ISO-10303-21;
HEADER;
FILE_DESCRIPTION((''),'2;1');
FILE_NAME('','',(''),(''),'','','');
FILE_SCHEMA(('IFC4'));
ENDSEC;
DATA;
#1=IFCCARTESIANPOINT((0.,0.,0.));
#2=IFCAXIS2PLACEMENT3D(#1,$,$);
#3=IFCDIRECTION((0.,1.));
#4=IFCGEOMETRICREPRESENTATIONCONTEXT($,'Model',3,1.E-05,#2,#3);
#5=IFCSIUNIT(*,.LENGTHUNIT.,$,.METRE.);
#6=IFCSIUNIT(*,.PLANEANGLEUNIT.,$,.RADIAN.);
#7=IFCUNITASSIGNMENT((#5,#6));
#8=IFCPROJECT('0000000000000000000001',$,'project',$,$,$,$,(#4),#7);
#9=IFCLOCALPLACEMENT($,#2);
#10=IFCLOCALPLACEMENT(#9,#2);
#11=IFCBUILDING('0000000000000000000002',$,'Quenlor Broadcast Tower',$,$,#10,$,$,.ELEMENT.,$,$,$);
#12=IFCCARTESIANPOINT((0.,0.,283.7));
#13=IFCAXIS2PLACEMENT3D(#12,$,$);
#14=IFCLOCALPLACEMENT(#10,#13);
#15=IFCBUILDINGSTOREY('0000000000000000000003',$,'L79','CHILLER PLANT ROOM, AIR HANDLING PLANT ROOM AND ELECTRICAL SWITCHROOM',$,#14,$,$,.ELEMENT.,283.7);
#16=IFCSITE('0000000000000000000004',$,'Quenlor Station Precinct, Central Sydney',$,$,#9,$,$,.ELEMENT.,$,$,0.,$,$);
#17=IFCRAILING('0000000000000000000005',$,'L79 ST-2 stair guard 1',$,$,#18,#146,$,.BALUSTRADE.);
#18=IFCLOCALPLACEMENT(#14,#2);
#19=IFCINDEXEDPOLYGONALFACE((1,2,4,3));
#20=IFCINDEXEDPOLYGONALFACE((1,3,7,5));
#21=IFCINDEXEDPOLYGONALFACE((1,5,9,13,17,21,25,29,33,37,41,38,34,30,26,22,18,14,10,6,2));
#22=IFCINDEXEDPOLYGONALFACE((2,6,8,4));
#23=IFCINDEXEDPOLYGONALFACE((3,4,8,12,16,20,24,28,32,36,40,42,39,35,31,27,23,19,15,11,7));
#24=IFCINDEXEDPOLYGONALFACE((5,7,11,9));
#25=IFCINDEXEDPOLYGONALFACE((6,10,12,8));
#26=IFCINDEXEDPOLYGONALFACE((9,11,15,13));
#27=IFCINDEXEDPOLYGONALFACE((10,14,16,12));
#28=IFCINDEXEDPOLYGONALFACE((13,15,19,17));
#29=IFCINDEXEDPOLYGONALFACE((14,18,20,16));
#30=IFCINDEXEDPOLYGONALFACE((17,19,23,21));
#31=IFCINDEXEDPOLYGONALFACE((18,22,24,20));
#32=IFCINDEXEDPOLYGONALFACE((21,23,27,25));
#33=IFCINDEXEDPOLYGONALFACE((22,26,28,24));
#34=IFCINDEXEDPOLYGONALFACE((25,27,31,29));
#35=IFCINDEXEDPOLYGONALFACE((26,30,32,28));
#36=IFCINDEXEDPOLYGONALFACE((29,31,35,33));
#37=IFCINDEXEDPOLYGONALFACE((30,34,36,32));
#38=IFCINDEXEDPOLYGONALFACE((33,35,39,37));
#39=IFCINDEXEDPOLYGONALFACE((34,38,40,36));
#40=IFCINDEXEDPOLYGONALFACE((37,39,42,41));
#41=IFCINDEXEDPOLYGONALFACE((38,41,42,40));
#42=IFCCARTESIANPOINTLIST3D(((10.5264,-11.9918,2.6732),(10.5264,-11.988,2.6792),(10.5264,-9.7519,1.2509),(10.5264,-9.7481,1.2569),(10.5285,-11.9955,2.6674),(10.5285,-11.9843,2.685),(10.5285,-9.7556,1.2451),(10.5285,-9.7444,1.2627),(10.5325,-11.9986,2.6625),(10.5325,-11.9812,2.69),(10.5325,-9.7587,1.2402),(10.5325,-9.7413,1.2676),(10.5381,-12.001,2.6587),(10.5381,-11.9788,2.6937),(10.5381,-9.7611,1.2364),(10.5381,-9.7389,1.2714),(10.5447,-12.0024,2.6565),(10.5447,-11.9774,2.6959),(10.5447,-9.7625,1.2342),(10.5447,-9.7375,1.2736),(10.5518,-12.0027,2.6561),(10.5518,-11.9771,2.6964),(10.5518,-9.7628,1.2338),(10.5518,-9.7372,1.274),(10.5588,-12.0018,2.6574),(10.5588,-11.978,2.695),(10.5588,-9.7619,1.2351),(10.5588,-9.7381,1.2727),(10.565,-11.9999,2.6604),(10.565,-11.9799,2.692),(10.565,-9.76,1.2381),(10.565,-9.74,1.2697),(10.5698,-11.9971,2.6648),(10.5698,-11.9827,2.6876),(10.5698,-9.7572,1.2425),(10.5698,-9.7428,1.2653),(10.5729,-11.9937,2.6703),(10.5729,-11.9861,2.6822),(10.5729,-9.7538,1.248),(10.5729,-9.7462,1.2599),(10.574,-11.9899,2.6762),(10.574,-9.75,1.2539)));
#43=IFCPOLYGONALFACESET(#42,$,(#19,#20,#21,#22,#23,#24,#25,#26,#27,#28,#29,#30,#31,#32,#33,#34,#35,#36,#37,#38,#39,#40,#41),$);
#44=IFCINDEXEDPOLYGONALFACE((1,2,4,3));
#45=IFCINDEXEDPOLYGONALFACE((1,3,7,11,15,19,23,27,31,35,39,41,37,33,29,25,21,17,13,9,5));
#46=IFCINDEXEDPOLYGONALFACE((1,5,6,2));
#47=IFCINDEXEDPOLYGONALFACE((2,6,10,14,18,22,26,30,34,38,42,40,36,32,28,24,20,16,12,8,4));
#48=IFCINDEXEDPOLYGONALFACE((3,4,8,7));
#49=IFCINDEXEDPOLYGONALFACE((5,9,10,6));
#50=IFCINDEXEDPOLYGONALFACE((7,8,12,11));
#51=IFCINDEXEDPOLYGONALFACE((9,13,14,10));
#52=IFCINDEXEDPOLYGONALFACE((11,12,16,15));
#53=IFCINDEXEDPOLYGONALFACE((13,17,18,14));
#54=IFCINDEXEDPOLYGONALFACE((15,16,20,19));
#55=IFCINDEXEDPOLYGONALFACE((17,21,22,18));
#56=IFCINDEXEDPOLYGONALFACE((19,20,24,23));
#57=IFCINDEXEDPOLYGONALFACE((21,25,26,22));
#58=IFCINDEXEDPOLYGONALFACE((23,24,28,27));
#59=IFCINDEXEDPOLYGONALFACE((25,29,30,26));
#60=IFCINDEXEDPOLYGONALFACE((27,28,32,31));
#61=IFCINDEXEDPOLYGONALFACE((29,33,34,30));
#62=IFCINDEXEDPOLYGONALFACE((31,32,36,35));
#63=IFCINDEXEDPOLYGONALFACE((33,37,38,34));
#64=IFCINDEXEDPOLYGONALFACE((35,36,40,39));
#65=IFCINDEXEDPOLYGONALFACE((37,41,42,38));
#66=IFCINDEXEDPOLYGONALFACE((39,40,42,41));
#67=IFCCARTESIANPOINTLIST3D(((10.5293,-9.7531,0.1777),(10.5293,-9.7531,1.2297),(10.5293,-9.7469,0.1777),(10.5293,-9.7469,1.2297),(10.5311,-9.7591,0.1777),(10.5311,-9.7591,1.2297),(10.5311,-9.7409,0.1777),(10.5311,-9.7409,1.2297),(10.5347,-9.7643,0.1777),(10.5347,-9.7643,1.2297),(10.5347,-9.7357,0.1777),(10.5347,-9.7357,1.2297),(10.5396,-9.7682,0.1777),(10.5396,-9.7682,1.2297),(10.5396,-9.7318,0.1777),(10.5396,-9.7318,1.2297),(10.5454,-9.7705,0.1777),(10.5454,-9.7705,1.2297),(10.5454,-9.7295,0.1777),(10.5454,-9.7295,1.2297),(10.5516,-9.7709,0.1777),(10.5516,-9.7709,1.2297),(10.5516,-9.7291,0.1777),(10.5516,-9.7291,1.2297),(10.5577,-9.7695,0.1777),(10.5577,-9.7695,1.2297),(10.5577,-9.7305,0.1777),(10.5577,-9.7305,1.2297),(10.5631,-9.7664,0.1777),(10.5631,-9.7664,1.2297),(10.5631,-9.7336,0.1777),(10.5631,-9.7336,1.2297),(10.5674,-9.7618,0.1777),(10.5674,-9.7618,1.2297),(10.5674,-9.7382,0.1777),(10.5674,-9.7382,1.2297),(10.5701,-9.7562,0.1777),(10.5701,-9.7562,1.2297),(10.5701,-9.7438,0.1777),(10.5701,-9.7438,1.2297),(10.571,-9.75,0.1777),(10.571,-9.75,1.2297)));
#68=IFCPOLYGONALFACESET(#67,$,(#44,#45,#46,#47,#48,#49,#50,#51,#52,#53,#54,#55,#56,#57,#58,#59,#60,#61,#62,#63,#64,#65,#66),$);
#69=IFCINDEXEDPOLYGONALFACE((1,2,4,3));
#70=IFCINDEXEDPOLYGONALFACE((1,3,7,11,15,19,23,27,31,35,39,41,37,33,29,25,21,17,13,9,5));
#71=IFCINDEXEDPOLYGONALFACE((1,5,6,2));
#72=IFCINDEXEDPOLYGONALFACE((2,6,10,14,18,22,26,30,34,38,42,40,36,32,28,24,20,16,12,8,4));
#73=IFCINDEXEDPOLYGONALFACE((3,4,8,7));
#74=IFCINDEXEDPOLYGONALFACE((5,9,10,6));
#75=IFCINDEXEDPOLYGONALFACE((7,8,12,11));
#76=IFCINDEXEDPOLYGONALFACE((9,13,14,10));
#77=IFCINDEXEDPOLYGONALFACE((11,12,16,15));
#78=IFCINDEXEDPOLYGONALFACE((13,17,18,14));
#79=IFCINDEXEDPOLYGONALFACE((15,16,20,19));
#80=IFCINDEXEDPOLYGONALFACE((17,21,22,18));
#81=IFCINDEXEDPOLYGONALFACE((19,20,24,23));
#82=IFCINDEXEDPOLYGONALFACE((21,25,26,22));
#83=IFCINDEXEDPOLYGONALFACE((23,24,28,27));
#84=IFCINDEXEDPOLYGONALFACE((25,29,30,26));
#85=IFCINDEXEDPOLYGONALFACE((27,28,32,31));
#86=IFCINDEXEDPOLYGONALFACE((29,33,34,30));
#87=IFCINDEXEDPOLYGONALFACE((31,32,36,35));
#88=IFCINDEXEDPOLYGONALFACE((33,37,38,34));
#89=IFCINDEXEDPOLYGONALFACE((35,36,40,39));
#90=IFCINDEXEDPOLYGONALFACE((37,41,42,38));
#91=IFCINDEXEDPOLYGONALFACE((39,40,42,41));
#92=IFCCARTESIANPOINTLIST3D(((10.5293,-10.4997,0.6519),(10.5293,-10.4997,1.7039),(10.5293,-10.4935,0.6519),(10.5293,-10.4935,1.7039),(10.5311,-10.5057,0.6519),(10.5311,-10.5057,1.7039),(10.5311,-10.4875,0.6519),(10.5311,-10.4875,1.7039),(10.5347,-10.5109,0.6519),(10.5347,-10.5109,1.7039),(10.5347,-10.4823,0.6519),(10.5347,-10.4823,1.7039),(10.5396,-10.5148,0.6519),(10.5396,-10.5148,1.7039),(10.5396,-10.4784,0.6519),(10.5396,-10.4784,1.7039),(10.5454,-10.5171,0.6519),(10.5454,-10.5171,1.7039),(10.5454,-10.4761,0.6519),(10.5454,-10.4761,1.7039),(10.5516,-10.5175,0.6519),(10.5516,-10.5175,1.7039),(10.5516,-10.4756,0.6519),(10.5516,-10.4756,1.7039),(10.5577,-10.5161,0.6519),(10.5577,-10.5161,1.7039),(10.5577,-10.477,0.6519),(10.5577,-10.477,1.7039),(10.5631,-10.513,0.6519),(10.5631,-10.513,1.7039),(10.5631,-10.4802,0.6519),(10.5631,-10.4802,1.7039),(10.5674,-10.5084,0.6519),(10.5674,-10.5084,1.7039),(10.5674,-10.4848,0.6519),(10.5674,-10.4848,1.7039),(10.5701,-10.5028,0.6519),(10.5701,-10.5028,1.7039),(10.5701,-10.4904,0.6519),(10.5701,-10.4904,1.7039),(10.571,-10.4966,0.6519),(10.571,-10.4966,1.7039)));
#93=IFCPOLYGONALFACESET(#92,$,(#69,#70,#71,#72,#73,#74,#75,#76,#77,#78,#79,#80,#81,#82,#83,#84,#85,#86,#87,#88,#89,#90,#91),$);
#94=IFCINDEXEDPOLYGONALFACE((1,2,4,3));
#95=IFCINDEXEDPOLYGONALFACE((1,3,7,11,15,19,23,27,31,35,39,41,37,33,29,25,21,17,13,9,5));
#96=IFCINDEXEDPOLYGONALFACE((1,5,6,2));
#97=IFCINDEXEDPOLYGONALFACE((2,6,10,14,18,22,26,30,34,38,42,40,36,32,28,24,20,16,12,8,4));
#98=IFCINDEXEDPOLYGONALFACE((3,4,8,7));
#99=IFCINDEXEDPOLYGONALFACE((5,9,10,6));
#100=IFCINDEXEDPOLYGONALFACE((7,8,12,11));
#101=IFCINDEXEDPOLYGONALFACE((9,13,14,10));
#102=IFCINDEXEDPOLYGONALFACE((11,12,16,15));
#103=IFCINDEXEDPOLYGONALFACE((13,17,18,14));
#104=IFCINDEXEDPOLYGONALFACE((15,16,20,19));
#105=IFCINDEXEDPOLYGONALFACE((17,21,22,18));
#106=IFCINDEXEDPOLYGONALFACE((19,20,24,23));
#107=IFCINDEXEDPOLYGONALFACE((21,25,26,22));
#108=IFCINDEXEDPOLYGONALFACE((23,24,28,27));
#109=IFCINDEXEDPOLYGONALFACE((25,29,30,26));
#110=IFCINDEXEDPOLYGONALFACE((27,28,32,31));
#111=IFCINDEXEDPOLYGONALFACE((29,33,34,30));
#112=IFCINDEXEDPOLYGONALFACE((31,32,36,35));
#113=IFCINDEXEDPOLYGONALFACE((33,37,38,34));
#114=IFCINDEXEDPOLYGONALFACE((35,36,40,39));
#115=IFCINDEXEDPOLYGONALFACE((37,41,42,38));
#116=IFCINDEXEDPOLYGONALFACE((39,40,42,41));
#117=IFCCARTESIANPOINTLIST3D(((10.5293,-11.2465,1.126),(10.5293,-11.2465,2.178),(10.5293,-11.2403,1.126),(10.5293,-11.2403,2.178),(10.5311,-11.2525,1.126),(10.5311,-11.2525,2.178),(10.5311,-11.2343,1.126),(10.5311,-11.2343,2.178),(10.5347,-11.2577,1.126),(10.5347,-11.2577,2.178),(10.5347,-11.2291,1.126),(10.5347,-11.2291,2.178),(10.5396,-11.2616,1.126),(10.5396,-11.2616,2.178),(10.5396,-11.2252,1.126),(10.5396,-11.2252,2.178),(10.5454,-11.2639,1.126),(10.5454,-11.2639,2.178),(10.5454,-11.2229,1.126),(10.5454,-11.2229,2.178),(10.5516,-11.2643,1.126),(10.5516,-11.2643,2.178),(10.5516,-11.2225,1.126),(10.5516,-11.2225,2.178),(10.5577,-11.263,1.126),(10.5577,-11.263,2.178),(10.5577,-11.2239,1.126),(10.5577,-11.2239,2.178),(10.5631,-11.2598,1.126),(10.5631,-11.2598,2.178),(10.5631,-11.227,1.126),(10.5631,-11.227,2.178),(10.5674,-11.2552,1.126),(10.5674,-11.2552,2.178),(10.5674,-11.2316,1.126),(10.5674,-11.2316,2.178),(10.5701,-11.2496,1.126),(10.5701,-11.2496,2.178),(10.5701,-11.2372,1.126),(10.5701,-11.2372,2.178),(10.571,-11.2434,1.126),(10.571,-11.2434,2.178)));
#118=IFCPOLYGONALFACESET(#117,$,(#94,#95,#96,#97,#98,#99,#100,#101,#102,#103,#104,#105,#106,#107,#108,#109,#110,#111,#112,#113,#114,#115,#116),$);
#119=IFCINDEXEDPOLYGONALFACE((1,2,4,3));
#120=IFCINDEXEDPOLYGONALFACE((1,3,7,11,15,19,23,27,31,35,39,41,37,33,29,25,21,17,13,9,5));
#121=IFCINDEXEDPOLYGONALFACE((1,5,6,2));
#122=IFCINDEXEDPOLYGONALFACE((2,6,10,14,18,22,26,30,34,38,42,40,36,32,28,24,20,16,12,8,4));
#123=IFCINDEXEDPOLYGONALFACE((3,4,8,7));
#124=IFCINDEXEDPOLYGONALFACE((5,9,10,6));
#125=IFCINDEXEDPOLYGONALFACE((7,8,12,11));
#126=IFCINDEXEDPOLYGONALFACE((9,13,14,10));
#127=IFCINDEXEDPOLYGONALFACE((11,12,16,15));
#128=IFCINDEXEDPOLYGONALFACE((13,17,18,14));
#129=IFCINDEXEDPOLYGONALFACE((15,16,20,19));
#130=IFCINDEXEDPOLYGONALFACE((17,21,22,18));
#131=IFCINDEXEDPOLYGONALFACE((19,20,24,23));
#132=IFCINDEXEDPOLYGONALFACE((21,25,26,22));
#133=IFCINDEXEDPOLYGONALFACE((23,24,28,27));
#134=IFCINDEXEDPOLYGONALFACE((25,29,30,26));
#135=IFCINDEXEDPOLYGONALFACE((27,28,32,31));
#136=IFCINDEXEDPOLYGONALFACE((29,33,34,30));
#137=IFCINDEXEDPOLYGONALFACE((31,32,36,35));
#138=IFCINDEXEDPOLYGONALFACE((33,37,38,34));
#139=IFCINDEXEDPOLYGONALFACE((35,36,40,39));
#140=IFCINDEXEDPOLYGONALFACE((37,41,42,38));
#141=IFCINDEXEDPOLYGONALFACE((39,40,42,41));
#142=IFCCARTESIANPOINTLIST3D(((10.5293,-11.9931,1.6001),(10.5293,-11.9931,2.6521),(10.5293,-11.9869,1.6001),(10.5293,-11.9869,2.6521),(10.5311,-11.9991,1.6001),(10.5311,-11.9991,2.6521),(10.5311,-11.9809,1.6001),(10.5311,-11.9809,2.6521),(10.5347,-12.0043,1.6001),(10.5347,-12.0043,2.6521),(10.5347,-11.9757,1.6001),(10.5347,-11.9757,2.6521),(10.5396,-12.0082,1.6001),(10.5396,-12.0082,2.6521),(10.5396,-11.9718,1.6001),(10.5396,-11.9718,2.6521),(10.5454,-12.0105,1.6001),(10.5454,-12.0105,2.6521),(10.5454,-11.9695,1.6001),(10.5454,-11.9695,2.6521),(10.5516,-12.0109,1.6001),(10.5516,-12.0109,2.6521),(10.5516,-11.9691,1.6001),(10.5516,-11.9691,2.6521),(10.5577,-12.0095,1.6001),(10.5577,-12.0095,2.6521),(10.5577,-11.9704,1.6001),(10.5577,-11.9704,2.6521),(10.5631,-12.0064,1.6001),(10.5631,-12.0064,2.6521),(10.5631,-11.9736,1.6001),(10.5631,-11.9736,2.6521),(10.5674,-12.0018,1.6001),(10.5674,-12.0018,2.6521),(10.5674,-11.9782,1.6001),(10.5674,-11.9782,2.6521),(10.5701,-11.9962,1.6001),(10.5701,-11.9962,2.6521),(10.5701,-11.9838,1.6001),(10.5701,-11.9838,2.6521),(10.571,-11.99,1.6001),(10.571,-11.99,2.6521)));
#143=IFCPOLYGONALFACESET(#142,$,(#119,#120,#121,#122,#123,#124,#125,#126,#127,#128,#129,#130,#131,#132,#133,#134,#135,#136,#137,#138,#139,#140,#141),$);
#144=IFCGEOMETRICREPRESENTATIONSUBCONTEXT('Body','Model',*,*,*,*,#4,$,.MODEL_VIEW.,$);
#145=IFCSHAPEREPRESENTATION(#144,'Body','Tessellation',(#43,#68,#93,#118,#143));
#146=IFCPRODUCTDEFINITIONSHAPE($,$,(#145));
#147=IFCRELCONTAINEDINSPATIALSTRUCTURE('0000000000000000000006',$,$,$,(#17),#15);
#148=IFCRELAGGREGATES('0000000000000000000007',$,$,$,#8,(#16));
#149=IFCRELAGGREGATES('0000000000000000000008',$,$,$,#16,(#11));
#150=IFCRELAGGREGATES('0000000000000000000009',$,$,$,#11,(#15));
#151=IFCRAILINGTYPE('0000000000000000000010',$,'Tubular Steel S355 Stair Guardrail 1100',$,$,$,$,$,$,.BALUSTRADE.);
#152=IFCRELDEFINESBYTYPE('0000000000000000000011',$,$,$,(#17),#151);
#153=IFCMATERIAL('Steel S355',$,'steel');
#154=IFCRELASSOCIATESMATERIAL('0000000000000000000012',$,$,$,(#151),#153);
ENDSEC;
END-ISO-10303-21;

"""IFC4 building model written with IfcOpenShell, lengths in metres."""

from ifc_helpers import new_model, si_unit, direction, frame, origin, origin_2d, place, context, subcontext, project, spatial, circle, extrude, material, type_object, element, save


model = new_model("IFC4")

# Units and contexts
model_context = context("Model", 3, precision=1e-05, world=origin(), true_north=direction((0.0, 1.0)))
body_context = subcontext(model_context, "Body", "Model", "MODEL_VIEW")
ifc_project = project(units=[si_unit("LENGTHUNIT", "METRE"), si_unit("PLANEANGLEUNIT", "RADIAN")], contexts=[model_context])

# Site, building, storey
site_placement = place(None, origin())
site = spatial("IfcSite", under=ifc_project, at=site_placement, Name="Quenlor Station Precinct, Central Sydney", CompositionType="ELEMENT", RefElevation=0.0)
building_placement = place(site_placement, origin())
building = spatial("IfcBuilding", under=site, at=building_placement, Name="Quenlor Broadcast Tower", CompositionType="ELEMENT")
storey_placement = place(building_placement, frame((0.0, 0.0, 283.7)))
storey = spatial("IfcBuildingStorey", under=building, at=storey_placement, Name="L79", Description="CHILLER PLANT ROOM, AIR HANDLING PLANT ROOM AND ELECTRICAL SWITCHROOM", CompositionType="ELEMENT", Elevation=283.7)

# Railing
ifc_material_1 = material(Name="Steel S355", Category="steel")
railing_type_1 = type_object("IfcRailingType", Name="Tubular Steel S355 Stair Guardrail 1100", PredefinedType="BALUSTRADE", material=ifc_material_1)
railing_1_placement = place(storey_placement, frame((10.55, -9.75, 0.1777)))
element("IfcRailing", 1, at=railing_1_placement, inside=storey, type_object=railing_type_1, Name="L79 ST-2 stair guard 1", PredefinedType="BALUSTRADE", context=body_context, shape_type="SweptSolid", body=[
    extrude(circle(Radius=0.0239, at=origin_2d()), frame((0.0, 0.0, 1.0762), z_axis=(0.0, -0.844188, 0.536048), x_axis=(1.0, 0.0, 0.0)), (0.0, 0.0, 1.0), 2.6533),
    extrude(circle(Radius=0.021, at=origin_2d()), origin(), (0.0, 0.0, 1.0), 1.052),
    extrude(circle(Radius=0.021, at=origin_2d()), frame((0.0, -0.7466, 0.4741)), (0.0, 0.0, 1.0), 1.052),
    extrude(circle(Radius=0.021, at=origin_2d()), frame((0.0, -1.4934, 0.9482)), (0.0, 0.0, 1.0), 1.052),
    extrude(circle(Radius=0.021, at=origin_2d()), frame((0.0, -2.24, 1.4224)), (0.0, 0.0, 1.0), 1.052),
])

save(model, "model.ifc")
